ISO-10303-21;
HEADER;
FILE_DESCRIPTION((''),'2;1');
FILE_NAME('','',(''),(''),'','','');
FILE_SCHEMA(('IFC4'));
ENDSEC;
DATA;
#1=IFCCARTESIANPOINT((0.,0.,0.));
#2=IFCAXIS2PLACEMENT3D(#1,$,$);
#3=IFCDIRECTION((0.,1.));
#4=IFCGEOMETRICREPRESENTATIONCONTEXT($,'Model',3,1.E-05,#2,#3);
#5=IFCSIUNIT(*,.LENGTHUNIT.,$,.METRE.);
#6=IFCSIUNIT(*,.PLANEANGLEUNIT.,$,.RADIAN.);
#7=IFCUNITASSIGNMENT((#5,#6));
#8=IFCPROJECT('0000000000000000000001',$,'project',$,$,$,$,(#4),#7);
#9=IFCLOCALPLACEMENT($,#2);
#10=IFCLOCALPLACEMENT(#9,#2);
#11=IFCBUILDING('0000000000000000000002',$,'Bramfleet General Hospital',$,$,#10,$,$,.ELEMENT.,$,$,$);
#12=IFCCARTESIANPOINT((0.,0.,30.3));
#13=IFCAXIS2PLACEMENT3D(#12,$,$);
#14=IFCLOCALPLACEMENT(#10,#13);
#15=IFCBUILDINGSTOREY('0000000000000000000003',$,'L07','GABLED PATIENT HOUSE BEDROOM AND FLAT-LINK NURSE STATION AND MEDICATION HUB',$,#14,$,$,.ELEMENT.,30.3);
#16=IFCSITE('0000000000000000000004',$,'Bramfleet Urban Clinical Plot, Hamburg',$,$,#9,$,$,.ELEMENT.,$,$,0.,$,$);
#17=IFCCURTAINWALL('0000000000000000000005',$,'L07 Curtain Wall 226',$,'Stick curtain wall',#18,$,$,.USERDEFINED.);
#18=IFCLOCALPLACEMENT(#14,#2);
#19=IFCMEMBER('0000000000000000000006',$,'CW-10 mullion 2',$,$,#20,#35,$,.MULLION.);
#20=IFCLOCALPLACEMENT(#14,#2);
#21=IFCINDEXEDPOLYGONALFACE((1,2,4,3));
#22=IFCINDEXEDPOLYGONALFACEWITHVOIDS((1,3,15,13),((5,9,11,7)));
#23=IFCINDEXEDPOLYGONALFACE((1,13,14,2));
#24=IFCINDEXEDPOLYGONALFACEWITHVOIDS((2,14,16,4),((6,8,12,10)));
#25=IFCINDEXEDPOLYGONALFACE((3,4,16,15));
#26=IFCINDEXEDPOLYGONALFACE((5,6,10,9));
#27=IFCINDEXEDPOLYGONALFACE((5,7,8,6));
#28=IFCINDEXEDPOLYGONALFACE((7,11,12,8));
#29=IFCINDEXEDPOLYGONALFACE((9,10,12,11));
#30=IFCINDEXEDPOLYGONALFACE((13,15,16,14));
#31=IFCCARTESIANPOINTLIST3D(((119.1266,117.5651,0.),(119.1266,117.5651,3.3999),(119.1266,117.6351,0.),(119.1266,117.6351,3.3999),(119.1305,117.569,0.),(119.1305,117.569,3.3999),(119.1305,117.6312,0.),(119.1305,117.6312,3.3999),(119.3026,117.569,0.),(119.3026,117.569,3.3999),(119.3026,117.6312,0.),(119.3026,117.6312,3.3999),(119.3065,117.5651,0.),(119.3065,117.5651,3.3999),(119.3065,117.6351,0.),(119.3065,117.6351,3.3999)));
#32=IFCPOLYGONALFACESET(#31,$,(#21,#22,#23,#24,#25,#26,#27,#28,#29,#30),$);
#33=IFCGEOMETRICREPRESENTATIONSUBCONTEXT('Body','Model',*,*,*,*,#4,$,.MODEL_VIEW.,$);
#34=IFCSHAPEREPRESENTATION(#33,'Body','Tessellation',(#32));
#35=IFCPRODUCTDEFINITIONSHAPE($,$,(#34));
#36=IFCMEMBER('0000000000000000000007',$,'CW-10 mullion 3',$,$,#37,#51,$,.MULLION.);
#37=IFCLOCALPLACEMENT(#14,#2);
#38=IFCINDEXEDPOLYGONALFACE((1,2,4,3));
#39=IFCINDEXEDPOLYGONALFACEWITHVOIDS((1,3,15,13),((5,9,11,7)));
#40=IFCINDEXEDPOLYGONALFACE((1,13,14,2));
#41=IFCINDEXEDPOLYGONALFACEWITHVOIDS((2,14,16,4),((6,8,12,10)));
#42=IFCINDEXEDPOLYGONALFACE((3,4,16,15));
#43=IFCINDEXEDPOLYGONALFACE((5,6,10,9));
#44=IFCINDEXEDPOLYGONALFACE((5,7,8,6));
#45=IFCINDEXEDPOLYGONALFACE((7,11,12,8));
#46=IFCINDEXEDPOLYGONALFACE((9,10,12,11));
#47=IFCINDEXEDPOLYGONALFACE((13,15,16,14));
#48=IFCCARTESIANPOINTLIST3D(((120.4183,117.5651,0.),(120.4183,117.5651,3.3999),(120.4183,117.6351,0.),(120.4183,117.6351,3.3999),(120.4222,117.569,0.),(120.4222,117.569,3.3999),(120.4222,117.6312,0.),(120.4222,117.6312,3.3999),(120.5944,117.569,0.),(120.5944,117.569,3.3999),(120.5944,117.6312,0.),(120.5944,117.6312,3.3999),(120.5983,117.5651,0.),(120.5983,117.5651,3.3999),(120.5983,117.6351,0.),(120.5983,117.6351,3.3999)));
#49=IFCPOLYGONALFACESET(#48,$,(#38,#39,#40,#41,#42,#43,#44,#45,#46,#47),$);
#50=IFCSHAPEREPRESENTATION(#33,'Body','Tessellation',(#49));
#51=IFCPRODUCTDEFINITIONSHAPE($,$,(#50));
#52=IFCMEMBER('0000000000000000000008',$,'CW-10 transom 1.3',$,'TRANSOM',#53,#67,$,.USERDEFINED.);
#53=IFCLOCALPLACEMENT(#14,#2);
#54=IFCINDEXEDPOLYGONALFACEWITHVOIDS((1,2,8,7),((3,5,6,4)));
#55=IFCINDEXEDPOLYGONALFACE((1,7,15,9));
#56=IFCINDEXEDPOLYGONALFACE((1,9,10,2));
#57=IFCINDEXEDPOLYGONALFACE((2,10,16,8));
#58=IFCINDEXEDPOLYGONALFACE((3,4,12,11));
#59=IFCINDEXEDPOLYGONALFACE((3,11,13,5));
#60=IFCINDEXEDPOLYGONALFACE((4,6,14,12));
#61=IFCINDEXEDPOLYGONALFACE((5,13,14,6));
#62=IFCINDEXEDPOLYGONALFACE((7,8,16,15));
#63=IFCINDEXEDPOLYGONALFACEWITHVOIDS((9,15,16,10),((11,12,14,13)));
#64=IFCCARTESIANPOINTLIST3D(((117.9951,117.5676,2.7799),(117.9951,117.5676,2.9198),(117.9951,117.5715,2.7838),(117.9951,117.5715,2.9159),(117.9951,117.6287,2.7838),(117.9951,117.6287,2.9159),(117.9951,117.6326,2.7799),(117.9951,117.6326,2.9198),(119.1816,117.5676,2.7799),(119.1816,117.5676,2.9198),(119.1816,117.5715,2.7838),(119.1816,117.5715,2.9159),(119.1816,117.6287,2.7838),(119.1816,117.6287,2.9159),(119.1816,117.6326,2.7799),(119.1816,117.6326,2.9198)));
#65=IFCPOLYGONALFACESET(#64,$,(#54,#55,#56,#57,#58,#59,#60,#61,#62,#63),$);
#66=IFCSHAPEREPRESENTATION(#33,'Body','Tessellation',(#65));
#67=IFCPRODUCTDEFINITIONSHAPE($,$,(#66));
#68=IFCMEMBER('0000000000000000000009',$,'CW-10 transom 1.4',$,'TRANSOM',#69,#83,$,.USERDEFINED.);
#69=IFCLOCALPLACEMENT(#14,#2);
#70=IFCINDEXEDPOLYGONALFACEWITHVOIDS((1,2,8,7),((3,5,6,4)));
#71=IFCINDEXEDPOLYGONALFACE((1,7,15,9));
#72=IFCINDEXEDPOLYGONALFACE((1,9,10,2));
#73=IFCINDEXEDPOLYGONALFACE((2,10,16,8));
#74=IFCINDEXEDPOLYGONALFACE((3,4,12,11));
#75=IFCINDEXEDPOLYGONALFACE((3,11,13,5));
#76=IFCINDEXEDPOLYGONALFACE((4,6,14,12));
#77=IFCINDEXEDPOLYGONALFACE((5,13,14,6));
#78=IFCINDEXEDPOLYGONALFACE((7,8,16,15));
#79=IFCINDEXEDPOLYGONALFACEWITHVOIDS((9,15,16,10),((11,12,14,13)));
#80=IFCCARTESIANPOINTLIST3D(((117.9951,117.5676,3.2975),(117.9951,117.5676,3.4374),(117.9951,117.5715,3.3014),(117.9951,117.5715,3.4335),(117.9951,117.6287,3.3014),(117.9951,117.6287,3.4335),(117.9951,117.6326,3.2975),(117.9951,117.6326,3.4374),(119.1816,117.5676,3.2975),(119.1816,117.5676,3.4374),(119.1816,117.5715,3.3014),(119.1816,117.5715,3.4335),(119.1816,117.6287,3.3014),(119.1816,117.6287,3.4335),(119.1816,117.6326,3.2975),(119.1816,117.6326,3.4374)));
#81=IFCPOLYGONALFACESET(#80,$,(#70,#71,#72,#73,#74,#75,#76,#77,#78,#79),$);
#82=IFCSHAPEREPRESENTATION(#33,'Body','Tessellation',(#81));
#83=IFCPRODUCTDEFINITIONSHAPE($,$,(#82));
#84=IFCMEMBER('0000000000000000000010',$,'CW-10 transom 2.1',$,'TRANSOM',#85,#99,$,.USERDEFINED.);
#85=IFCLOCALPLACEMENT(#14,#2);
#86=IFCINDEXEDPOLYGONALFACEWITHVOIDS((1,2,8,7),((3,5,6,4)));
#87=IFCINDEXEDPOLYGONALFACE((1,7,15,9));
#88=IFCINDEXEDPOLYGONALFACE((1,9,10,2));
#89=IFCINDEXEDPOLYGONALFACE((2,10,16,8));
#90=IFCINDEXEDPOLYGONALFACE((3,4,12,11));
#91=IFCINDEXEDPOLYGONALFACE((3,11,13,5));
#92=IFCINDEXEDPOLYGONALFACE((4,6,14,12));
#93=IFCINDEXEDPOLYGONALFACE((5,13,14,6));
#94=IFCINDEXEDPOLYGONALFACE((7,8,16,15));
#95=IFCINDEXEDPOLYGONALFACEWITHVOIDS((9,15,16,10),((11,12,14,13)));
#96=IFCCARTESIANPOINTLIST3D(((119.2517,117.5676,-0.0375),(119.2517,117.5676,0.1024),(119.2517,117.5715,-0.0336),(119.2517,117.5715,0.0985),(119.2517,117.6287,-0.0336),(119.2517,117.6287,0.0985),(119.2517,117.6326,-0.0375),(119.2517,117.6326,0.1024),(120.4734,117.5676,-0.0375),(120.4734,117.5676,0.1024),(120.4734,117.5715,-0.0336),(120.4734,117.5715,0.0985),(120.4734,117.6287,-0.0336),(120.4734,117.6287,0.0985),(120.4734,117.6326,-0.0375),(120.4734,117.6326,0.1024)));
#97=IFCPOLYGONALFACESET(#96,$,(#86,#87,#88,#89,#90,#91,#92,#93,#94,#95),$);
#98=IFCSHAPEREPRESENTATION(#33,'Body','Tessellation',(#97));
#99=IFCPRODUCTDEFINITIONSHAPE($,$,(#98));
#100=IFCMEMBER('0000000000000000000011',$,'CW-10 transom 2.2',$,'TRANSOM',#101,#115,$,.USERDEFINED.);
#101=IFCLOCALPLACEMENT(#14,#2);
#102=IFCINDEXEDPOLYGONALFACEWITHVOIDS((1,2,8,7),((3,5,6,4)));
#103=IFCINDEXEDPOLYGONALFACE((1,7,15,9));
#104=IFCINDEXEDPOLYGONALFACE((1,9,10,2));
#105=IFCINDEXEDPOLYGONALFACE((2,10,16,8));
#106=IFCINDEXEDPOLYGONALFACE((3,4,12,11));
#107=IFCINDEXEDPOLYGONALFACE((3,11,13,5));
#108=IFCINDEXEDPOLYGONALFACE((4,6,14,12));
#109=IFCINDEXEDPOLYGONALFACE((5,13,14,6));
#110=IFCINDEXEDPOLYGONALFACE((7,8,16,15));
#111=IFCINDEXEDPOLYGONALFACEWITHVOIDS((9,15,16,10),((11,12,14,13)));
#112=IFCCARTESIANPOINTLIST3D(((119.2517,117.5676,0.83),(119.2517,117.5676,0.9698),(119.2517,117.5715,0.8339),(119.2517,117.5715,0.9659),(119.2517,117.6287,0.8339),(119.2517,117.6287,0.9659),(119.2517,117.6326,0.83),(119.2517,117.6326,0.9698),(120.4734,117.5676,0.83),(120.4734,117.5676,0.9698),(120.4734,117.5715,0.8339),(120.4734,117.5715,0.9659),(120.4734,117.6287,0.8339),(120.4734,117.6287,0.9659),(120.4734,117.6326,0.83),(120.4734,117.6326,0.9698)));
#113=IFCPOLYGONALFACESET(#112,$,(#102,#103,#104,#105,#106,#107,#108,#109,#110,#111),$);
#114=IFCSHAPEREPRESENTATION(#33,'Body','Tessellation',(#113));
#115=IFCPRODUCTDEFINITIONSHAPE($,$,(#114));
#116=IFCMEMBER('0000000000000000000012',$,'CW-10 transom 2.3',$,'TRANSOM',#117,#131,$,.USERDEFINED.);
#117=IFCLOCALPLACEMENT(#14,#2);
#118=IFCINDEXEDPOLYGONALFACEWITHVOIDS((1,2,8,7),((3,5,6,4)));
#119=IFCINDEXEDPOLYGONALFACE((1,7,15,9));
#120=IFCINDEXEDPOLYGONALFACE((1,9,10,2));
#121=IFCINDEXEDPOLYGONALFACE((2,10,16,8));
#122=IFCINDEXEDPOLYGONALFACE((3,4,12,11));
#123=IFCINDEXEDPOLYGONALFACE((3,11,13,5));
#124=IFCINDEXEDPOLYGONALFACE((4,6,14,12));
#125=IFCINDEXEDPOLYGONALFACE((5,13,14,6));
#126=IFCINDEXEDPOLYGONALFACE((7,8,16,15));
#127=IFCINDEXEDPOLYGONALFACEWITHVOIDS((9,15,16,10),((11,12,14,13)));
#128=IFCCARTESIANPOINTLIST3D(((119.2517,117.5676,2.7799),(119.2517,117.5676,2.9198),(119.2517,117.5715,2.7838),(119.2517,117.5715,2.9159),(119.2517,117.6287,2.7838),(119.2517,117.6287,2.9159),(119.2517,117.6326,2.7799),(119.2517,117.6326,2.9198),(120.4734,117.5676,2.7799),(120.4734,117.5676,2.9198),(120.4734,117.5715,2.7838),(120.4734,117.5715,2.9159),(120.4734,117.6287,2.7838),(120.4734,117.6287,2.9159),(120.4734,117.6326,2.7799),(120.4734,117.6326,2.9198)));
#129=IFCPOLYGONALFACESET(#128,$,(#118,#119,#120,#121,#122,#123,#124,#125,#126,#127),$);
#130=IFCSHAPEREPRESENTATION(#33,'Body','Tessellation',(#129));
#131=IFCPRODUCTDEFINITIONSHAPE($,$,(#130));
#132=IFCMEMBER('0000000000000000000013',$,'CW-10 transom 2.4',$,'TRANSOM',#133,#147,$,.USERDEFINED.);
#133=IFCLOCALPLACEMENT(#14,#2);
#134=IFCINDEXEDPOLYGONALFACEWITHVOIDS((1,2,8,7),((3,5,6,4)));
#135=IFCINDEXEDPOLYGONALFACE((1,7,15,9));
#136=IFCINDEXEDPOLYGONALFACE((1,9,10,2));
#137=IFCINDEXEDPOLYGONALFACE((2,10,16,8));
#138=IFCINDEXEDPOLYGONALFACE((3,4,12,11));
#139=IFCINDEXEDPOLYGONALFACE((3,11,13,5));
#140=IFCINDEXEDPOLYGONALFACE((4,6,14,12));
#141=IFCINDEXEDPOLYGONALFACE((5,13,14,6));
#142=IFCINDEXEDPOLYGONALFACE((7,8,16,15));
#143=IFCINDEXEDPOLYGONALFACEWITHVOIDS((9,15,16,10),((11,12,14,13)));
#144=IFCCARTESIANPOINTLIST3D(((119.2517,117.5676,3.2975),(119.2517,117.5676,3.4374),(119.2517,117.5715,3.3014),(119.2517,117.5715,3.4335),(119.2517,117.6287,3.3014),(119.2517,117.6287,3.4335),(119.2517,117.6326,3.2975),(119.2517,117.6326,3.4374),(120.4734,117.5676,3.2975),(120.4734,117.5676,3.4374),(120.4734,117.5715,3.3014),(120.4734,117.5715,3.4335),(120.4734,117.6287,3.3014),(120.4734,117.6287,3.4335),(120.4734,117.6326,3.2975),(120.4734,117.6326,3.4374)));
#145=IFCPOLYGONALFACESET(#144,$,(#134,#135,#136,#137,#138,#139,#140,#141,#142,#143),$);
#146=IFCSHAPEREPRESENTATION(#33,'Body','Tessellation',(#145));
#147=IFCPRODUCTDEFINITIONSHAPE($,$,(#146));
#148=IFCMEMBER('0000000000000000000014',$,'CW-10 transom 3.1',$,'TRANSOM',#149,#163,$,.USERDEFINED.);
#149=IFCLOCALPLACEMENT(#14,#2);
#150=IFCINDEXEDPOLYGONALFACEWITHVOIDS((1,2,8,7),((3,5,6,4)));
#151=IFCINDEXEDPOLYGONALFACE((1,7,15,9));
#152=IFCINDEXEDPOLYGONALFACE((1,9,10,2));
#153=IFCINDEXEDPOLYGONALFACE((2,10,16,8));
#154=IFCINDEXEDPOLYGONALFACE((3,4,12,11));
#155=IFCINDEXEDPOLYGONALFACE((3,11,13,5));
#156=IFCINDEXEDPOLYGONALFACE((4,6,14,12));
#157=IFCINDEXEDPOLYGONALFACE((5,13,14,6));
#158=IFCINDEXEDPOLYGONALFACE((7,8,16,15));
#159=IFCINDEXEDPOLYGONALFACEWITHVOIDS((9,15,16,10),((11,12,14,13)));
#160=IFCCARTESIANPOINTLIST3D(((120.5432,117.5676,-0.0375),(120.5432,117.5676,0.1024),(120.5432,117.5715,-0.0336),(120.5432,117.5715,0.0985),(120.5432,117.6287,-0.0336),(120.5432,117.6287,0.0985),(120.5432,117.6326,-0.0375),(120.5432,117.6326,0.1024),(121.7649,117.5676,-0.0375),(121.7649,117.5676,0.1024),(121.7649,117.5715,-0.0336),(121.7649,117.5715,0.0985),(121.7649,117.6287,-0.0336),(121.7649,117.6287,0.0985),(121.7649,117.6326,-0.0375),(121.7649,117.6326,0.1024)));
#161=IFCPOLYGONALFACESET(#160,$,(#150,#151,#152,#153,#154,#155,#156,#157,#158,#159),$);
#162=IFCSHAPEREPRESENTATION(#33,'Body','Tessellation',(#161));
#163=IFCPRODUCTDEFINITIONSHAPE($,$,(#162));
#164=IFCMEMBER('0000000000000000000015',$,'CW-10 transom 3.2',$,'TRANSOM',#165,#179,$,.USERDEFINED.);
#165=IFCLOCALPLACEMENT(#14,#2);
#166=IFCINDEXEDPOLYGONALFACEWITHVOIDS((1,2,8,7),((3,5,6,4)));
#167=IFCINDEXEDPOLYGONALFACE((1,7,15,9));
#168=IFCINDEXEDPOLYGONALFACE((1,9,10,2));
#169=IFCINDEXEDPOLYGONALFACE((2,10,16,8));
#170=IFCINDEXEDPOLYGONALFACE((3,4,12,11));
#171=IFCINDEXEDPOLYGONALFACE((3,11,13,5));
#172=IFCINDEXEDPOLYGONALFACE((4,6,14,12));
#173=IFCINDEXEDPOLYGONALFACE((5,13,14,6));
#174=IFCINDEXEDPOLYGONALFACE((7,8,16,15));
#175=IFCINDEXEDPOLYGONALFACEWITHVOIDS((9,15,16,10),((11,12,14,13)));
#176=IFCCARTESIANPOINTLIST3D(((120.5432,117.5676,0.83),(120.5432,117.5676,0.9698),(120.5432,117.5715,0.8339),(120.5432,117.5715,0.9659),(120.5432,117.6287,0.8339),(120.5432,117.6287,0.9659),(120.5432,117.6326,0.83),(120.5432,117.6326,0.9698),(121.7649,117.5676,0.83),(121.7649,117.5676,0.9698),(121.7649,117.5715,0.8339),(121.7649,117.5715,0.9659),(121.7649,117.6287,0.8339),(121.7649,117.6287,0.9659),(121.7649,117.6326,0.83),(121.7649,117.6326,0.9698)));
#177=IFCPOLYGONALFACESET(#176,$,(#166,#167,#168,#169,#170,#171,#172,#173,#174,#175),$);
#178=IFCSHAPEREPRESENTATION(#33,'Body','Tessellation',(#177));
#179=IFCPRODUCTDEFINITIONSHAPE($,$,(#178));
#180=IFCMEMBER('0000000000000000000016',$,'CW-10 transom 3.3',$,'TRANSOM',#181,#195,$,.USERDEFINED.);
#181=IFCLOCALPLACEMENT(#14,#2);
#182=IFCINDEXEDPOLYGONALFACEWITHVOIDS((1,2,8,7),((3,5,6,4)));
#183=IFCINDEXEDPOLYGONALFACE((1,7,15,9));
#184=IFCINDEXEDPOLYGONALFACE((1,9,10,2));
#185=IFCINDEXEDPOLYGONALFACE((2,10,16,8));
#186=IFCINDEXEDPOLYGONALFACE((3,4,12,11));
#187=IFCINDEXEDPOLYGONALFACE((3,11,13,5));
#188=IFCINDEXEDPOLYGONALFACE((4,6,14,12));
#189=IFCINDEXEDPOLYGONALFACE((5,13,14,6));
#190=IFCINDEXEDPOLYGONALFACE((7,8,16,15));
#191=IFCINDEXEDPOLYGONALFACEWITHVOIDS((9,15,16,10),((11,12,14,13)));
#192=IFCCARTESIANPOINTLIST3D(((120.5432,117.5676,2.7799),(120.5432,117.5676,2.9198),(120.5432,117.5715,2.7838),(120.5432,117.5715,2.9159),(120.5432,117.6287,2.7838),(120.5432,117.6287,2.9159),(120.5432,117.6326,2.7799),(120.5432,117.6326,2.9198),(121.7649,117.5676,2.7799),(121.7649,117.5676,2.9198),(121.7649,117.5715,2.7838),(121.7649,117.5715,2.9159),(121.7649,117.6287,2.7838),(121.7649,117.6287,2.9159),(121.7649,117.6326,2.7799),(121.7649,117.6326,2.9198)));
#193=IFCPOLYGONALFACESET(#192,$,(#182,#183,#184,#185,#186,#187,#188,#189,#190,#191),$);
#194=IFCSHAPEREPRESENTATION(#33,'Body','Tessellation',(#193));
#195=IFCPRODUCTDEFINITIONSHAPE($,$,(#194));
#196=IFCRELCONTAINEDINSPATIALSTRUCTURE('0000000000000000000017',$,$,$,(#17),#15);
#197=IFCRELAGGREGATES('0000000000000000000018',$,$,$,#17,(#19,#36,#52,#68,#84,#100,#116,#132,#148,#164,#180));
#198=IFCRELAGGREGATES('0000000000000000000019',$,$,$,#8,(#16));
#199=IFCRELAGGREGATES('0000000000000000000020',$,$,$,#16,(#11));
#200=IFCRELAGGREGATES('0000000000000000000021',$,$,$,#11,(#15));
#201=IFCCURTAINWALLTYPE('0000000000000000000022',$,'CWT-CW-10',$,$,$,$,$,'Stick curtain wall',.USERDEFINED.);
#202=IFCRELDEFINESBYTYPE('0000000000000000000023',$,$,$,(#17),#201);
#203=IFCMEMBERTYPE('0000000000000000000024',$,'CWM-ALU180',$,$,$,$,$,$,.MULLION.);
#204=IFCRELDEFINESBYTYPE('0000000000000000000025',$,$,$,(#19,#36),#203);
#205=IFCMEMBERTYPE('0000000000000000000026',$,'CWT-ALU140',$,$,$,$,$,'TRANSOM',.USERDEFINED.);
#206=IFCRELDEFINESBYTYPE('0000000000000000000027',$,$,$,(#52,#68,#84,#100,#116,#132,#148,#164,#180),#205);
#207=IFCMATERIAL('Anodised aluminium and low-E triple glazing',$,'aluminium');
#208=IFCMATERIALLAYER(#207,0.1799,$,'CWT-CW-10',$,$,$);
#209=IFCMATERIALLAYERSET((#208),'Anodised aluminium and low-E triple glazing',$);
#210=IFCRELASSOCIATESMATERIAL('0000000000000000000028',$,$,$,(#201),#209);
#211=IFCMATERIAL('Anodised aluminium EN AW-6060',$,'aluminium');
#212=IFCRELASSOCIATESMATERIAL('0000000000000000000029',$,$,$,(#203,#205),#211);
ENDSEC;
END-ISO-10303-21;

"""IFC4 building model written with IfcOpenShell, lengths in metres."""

from ifc_helpers import new_model, si_unit, direction, frame, origin, origin_2d, place, context, subcontext, project, spatial, hollow_rectangle, extrude, material, layer, layer_set, material_profile, profile_set, type_object, element, aggregate, save


model = new_model("IFC4")

# Units and contexts
model_context = context("Model", 3, precision=1e-05, world=origin(), true_north=direction((0.0, 1.0)))
body_context = subcontext(model_context, "Body", "Model", "MODEL_VIEW")
ifc_project = project(units=[si_unit("LENGTHUNIT", "METRE"), si_unit("PLANEANGLEUNIT", "RADIAN")], contexts=[model_context])

# Site, building, storey
site_placement = place(None, origin())
site = spatial("IfcSite", under=ifc_project, at=site_placement, Name="Bramfleet Urban Clinical Plot, Hamburg", CompositionType="ELEMENT", RefElevation=0.0)
building_placement = place(site_placement, origin())
building = spatial("IfcBuilding", under=site, at=building_placement, Name="Bramfleet General Hospital", CompositionType="ELEMENT")
storey_placement = place(building_placement, frame((0.0, 0.0, 30.3)))
storey = spatial("IfcBuildingStorey", under=building, at=storey_placement, Name="L07", Description="GABLED PATIENT HOUSE BEDROOM AND FLAT-LINK NURSE STATION AND MEDICATION HUB", CompositionType="ELEMENT", Elevation=30.3)

# Curtain wall, members
ifc_material_1 = material(Name="Anodised aluminium and low-E triple glazing", Category="aluminium")
ifc_layer_1 = layer(ifc_material_1, 0.1799, Name="CWT-CW-10")
ifc_layer_set_1 = layer_set([ifc_layer_1], Name="Anodised aluminium and low-E triple glazing")
curtain_wall_type = type_object("IfcCurtainWallType", Name="CWT-CW-10", ElementType="Stick curtain wall", PredefinedType="USERDEFINED", material=ifc_layer_set_1)
curtain_wall_placement = place(storey_placement, origin())
curtain_wall = element("IfcCurtainWall", 1, at=curtain_wall_placement, inside=storey, type_object=curtain_wall_type, Name="L07 Curtain Wall 226", ObjectType="Stick curtain wall", PredefinedType="USERDEFINED")
ifc_material_2 = material(Name="Anodised aluminium EN AW-6060", Category="aluminium")
ifc_material_profile_1 = material_profile(ifc_material_2, hollow_rectangle(XDim=0.0701, YDim=0.1799, WallThickness=0.0039, at=origin_2d()), Name="ALU 180x70x4.0")
ifc_profile_set_1 = profile_set([ifc_material_profile_1], Name="Anodised aluminium EN AW-6060")
member_type_1 = type_object("IfcMemberType", Name="CWM-ALU180", PredefinedType="MULLION", material=ifc_profile_set_1)
member_1_placement = place(storey_placement, frame((119.2166, 117.6001, 0.0), z_axis=(0.0, 0.0, 1.0), x_axis=(0.0, 1.0, 0.0)))
member_1 = element("IfcMember", 2, at=member_1_placement, type_object=member_type_1, Name="CW-10 mullion 2", PredefinedType="MULLION", context=body_context, shape_type="SweptSolid", body=[
    extrude(hollow_rectangle(XDim=0.0701, YDim=0.1799, WallThickness=0.0039, at=origin_2d()), origin(), (0.0, 0.0, 1.0), 3.3999),
])
member_2_placement = place(storey_placement, frame((120.5083, 117.6001, 0.0), z_axis=(0.0, 0.0, 1.0), x_axis=(0.0, 1.0, 0.0)))
member_2 = element("IfcMember", 3, at=member_2_placement, type_object=member_type_1, Name="CW-10 mullion 3", PredefinedType="MULLION", context=body_context, shape_type="SweptSolid", body=[
    extrude(hollow_rectangle(XDim=0.0701, YDim=0.1799, WallThickness=0.0039, at=origin_2d()), origin(), (0.0, 0.0, 1.0), 3.3999),
])
ifc_material_profile_2 = material_profile(ifc_material_2, hollow_rectangle(XDim=0.0649, YDim=0.1399, WallThickness=0.0039, at=origin_2d()), Name="ALU 140x65x4.0")
ifc_profile_set_2 = profile_set([ifc_material_profile_2], Name="Anodised aluminium EN AW-6060")
member_type_2 = type_object("IfcMemberType", Name="CWT-ALU140", ElementType="TRANSOM", PredefinedType="USERDEFINED", material=ifc_profile_set_2)
member_3_placement = place(storey_placement, frame((117.9951, 117.6001, 2.8499), z_axis=(1.0, 0.0, 0.0), x_axis=(0.0, 1.0, 0.0)))
member_3 = element("IfcMember", 4, at=member_3_placement, type_object=member_type_2, Name="CW-10 transom 1.3", ObjectType="TRANSOM", PredefinedType="USERDEFINED", context=body_context, shape_type="SweptSolid", body=[
    extrude(hollow_rectangle(XDim=0.0649, YDim=0.1399, WallThickness=0.0039, at=origin_2d()), origin(), (0.0, 0.0, 1.0), 1.1865),
])
member_4_placement = place(storey_placement, frame((117.9951, 117.6001, 3.3674), z_axis=(1.0, 0.0, 0.0), x_axis=(0.0, 1.0, 0.0)))
member_4 = element("IfcMember", 5, at=member_4_placement, type_object=member_type_2, Name="CW-10 transom 1.4", ObjectType="TRANSOM", PredefinedType="USERDEFINED", context=body_context, shape_type="SweptSolid", body=[
    extrude(hollow_rectangle(XDim=0.0649, YDim=0.1399, WallThickness=0.0039, at=origin_2d()), origin(), (0.0, 0.0, 1.0), 1.1865),
])
member_5_placement = place(storey_placement, frame((119.2517, 117.6001, 0.0325), z_axis=(1.0, 0.0, 0.0), x_axis=(0.0, 1.0, 0.0)))
member_5 = element("IfcMember", 6, at=member_5_placement, type_object=member_type_2, Name="CW-10 transom 2.1", ObjectType="TRANSOM", PredefinedType="USERDEFINED", context=body_context, shape_type="SweptSolid", body=[
    extrude(hollow_rectangle(XDim=0.0649, YDim=0.1399, WallThickness=0.0039, at=origin_2d()), origin(), (0.0, 0.0, 1.0), 1.2217),
])
member_6_placement = place(storey_placement, frame((119.2517, 117.6001, 0.8999), z_axis=(1.0, 0.0, 0.0), x_axis=(0.0, 1.0, 0.0)))
member_6 = element("IfcMember", 7, at=member_6_placement, type_object=member_type_2, Name="CW-10 transom 2.2", ObjectType="TRANSOM", PredefinedType="USERDEFINED", context=body_context, shape_type="SweptSolid", body=[
    extrude(hollow_rectangle(XDim=0.0649, YDim=0.1399, WallThickness=0.0039, at=origin_2d()), origin(), (0.0, 0.0, 1.0), 1.2217),
])
member_7_placement = place(storey_placement, frame((119.2517, 117.6001, 2.8499), z_axis=(1.0, 0.0, 0.0), x_axis=(0.0, 1.0, 0.0)))
member_7 = element("IfcMember", 8, at=member_7_placement, type_object=member_type_2, Name="CW-10 transom 2.3", ObjectType="TRANSOM", PredefinedType="USERDEFINED", context=body_context, shape_type="SweptSolid", body=[
    extrude(hollow_rectangle(XDim=0.0649, YDim=0.1399, WallThickness=0.0039, at=origin_2d()), origin(), (0.0, 0.0, 1.0), 1.2217),
])
member_8_placement = place(storey_placement, frame((119.2517, 117.6001, 3.3674), z_axis=(1.0, 0.0, 0.0), x_axis=(0.0, 1.0, 0.0)))
member_8 = element("IfcMember", 9, at=member_8_placement, type_object=member_type_2, Name="CW-10 transom 2.4", ObjectType="TRANSOM", PredefinedType="USERDEFINED", context=body_context, shape_type="SweptSolid", body=[
    extrude(hollow_rectangle(XDim=0.0649, YDim=0.1399, WallThickness=0.0039, at=origin_2d()), origin(), (0.0, 0.0, 1.0), 1.2217),
])
member_9_placement = place(storey_placement, frame((120.5432, 117.6001, 0.0325), z_axis=(1.0, 0.0, 0.0), x_axis=(0.0, 1.0, 0.0)))
member_9 = element("IfcMember", 10, at=member_9_placement, type_object=member_type_2, Name="CW-10 transom 3.1", ObjectType="TRANSOM", PredefinedType="USERDEFINED", context=body_context, shape_type="SweptSolid", body=[
    extrude(hollow_rectangle(XDim=0.0649, YDim=0.1399, WallThickness=0.0039, at=origin_2d()), origin(), (0.0, 0.0, 1.0), 1.2217),
])
member_10_placement = place(storey_placement, frame((120.5432, 117.6001, 0.8999), z_axis=(1.0, 0.0, 0.0), x_axis=(0.0, 1.0, 0.0)))
member_10 = element("IfcMember", 11, at=member_10_placement, type_object=member_type_2, Name="CW-10 transom 3.2", ObjectType="TRANSOM", PredefinedType="USERDEFINED", context=body_context, shape_type="SweptSolid", body=[
    extrude(hollow_rectangle(XDim=0.0649, YDim=0.1399, WallThickness=0.0039, at=origin_2d()), origin(), (0.0, 0.0, 1.0), 1.2217),
])
member_11_placement = place(storey_placement, frame((120.5432, 117.6001, 2.8499), z_axis=(1.0, 0.0, 0.0), x_axis=(0.0, 1.0, 0.0)))
member_11 = element("IfcMember", 12, at=member_11_placement, type_object=member_type_2, Name="CW-10 transom 3.3", ObjectType="TRANSOM", PredefinedType="USERDEFINED", context=body_context, shape_type="SweptSolid", body=[
    extrude(hollow_rectangle(XDim=0.0649, YDim=0.1399, WallThickness=0.0039, at=origin_2d()), origin(), (0.0, 0.0, 1.0), 1.2217),
])
aggregate(curtain_wall, [member_1, member_2, member_3, member_4, member_5, member_6, member_7, member_8, member_9, member_10, member_11])

save(model, "model.ifc")
